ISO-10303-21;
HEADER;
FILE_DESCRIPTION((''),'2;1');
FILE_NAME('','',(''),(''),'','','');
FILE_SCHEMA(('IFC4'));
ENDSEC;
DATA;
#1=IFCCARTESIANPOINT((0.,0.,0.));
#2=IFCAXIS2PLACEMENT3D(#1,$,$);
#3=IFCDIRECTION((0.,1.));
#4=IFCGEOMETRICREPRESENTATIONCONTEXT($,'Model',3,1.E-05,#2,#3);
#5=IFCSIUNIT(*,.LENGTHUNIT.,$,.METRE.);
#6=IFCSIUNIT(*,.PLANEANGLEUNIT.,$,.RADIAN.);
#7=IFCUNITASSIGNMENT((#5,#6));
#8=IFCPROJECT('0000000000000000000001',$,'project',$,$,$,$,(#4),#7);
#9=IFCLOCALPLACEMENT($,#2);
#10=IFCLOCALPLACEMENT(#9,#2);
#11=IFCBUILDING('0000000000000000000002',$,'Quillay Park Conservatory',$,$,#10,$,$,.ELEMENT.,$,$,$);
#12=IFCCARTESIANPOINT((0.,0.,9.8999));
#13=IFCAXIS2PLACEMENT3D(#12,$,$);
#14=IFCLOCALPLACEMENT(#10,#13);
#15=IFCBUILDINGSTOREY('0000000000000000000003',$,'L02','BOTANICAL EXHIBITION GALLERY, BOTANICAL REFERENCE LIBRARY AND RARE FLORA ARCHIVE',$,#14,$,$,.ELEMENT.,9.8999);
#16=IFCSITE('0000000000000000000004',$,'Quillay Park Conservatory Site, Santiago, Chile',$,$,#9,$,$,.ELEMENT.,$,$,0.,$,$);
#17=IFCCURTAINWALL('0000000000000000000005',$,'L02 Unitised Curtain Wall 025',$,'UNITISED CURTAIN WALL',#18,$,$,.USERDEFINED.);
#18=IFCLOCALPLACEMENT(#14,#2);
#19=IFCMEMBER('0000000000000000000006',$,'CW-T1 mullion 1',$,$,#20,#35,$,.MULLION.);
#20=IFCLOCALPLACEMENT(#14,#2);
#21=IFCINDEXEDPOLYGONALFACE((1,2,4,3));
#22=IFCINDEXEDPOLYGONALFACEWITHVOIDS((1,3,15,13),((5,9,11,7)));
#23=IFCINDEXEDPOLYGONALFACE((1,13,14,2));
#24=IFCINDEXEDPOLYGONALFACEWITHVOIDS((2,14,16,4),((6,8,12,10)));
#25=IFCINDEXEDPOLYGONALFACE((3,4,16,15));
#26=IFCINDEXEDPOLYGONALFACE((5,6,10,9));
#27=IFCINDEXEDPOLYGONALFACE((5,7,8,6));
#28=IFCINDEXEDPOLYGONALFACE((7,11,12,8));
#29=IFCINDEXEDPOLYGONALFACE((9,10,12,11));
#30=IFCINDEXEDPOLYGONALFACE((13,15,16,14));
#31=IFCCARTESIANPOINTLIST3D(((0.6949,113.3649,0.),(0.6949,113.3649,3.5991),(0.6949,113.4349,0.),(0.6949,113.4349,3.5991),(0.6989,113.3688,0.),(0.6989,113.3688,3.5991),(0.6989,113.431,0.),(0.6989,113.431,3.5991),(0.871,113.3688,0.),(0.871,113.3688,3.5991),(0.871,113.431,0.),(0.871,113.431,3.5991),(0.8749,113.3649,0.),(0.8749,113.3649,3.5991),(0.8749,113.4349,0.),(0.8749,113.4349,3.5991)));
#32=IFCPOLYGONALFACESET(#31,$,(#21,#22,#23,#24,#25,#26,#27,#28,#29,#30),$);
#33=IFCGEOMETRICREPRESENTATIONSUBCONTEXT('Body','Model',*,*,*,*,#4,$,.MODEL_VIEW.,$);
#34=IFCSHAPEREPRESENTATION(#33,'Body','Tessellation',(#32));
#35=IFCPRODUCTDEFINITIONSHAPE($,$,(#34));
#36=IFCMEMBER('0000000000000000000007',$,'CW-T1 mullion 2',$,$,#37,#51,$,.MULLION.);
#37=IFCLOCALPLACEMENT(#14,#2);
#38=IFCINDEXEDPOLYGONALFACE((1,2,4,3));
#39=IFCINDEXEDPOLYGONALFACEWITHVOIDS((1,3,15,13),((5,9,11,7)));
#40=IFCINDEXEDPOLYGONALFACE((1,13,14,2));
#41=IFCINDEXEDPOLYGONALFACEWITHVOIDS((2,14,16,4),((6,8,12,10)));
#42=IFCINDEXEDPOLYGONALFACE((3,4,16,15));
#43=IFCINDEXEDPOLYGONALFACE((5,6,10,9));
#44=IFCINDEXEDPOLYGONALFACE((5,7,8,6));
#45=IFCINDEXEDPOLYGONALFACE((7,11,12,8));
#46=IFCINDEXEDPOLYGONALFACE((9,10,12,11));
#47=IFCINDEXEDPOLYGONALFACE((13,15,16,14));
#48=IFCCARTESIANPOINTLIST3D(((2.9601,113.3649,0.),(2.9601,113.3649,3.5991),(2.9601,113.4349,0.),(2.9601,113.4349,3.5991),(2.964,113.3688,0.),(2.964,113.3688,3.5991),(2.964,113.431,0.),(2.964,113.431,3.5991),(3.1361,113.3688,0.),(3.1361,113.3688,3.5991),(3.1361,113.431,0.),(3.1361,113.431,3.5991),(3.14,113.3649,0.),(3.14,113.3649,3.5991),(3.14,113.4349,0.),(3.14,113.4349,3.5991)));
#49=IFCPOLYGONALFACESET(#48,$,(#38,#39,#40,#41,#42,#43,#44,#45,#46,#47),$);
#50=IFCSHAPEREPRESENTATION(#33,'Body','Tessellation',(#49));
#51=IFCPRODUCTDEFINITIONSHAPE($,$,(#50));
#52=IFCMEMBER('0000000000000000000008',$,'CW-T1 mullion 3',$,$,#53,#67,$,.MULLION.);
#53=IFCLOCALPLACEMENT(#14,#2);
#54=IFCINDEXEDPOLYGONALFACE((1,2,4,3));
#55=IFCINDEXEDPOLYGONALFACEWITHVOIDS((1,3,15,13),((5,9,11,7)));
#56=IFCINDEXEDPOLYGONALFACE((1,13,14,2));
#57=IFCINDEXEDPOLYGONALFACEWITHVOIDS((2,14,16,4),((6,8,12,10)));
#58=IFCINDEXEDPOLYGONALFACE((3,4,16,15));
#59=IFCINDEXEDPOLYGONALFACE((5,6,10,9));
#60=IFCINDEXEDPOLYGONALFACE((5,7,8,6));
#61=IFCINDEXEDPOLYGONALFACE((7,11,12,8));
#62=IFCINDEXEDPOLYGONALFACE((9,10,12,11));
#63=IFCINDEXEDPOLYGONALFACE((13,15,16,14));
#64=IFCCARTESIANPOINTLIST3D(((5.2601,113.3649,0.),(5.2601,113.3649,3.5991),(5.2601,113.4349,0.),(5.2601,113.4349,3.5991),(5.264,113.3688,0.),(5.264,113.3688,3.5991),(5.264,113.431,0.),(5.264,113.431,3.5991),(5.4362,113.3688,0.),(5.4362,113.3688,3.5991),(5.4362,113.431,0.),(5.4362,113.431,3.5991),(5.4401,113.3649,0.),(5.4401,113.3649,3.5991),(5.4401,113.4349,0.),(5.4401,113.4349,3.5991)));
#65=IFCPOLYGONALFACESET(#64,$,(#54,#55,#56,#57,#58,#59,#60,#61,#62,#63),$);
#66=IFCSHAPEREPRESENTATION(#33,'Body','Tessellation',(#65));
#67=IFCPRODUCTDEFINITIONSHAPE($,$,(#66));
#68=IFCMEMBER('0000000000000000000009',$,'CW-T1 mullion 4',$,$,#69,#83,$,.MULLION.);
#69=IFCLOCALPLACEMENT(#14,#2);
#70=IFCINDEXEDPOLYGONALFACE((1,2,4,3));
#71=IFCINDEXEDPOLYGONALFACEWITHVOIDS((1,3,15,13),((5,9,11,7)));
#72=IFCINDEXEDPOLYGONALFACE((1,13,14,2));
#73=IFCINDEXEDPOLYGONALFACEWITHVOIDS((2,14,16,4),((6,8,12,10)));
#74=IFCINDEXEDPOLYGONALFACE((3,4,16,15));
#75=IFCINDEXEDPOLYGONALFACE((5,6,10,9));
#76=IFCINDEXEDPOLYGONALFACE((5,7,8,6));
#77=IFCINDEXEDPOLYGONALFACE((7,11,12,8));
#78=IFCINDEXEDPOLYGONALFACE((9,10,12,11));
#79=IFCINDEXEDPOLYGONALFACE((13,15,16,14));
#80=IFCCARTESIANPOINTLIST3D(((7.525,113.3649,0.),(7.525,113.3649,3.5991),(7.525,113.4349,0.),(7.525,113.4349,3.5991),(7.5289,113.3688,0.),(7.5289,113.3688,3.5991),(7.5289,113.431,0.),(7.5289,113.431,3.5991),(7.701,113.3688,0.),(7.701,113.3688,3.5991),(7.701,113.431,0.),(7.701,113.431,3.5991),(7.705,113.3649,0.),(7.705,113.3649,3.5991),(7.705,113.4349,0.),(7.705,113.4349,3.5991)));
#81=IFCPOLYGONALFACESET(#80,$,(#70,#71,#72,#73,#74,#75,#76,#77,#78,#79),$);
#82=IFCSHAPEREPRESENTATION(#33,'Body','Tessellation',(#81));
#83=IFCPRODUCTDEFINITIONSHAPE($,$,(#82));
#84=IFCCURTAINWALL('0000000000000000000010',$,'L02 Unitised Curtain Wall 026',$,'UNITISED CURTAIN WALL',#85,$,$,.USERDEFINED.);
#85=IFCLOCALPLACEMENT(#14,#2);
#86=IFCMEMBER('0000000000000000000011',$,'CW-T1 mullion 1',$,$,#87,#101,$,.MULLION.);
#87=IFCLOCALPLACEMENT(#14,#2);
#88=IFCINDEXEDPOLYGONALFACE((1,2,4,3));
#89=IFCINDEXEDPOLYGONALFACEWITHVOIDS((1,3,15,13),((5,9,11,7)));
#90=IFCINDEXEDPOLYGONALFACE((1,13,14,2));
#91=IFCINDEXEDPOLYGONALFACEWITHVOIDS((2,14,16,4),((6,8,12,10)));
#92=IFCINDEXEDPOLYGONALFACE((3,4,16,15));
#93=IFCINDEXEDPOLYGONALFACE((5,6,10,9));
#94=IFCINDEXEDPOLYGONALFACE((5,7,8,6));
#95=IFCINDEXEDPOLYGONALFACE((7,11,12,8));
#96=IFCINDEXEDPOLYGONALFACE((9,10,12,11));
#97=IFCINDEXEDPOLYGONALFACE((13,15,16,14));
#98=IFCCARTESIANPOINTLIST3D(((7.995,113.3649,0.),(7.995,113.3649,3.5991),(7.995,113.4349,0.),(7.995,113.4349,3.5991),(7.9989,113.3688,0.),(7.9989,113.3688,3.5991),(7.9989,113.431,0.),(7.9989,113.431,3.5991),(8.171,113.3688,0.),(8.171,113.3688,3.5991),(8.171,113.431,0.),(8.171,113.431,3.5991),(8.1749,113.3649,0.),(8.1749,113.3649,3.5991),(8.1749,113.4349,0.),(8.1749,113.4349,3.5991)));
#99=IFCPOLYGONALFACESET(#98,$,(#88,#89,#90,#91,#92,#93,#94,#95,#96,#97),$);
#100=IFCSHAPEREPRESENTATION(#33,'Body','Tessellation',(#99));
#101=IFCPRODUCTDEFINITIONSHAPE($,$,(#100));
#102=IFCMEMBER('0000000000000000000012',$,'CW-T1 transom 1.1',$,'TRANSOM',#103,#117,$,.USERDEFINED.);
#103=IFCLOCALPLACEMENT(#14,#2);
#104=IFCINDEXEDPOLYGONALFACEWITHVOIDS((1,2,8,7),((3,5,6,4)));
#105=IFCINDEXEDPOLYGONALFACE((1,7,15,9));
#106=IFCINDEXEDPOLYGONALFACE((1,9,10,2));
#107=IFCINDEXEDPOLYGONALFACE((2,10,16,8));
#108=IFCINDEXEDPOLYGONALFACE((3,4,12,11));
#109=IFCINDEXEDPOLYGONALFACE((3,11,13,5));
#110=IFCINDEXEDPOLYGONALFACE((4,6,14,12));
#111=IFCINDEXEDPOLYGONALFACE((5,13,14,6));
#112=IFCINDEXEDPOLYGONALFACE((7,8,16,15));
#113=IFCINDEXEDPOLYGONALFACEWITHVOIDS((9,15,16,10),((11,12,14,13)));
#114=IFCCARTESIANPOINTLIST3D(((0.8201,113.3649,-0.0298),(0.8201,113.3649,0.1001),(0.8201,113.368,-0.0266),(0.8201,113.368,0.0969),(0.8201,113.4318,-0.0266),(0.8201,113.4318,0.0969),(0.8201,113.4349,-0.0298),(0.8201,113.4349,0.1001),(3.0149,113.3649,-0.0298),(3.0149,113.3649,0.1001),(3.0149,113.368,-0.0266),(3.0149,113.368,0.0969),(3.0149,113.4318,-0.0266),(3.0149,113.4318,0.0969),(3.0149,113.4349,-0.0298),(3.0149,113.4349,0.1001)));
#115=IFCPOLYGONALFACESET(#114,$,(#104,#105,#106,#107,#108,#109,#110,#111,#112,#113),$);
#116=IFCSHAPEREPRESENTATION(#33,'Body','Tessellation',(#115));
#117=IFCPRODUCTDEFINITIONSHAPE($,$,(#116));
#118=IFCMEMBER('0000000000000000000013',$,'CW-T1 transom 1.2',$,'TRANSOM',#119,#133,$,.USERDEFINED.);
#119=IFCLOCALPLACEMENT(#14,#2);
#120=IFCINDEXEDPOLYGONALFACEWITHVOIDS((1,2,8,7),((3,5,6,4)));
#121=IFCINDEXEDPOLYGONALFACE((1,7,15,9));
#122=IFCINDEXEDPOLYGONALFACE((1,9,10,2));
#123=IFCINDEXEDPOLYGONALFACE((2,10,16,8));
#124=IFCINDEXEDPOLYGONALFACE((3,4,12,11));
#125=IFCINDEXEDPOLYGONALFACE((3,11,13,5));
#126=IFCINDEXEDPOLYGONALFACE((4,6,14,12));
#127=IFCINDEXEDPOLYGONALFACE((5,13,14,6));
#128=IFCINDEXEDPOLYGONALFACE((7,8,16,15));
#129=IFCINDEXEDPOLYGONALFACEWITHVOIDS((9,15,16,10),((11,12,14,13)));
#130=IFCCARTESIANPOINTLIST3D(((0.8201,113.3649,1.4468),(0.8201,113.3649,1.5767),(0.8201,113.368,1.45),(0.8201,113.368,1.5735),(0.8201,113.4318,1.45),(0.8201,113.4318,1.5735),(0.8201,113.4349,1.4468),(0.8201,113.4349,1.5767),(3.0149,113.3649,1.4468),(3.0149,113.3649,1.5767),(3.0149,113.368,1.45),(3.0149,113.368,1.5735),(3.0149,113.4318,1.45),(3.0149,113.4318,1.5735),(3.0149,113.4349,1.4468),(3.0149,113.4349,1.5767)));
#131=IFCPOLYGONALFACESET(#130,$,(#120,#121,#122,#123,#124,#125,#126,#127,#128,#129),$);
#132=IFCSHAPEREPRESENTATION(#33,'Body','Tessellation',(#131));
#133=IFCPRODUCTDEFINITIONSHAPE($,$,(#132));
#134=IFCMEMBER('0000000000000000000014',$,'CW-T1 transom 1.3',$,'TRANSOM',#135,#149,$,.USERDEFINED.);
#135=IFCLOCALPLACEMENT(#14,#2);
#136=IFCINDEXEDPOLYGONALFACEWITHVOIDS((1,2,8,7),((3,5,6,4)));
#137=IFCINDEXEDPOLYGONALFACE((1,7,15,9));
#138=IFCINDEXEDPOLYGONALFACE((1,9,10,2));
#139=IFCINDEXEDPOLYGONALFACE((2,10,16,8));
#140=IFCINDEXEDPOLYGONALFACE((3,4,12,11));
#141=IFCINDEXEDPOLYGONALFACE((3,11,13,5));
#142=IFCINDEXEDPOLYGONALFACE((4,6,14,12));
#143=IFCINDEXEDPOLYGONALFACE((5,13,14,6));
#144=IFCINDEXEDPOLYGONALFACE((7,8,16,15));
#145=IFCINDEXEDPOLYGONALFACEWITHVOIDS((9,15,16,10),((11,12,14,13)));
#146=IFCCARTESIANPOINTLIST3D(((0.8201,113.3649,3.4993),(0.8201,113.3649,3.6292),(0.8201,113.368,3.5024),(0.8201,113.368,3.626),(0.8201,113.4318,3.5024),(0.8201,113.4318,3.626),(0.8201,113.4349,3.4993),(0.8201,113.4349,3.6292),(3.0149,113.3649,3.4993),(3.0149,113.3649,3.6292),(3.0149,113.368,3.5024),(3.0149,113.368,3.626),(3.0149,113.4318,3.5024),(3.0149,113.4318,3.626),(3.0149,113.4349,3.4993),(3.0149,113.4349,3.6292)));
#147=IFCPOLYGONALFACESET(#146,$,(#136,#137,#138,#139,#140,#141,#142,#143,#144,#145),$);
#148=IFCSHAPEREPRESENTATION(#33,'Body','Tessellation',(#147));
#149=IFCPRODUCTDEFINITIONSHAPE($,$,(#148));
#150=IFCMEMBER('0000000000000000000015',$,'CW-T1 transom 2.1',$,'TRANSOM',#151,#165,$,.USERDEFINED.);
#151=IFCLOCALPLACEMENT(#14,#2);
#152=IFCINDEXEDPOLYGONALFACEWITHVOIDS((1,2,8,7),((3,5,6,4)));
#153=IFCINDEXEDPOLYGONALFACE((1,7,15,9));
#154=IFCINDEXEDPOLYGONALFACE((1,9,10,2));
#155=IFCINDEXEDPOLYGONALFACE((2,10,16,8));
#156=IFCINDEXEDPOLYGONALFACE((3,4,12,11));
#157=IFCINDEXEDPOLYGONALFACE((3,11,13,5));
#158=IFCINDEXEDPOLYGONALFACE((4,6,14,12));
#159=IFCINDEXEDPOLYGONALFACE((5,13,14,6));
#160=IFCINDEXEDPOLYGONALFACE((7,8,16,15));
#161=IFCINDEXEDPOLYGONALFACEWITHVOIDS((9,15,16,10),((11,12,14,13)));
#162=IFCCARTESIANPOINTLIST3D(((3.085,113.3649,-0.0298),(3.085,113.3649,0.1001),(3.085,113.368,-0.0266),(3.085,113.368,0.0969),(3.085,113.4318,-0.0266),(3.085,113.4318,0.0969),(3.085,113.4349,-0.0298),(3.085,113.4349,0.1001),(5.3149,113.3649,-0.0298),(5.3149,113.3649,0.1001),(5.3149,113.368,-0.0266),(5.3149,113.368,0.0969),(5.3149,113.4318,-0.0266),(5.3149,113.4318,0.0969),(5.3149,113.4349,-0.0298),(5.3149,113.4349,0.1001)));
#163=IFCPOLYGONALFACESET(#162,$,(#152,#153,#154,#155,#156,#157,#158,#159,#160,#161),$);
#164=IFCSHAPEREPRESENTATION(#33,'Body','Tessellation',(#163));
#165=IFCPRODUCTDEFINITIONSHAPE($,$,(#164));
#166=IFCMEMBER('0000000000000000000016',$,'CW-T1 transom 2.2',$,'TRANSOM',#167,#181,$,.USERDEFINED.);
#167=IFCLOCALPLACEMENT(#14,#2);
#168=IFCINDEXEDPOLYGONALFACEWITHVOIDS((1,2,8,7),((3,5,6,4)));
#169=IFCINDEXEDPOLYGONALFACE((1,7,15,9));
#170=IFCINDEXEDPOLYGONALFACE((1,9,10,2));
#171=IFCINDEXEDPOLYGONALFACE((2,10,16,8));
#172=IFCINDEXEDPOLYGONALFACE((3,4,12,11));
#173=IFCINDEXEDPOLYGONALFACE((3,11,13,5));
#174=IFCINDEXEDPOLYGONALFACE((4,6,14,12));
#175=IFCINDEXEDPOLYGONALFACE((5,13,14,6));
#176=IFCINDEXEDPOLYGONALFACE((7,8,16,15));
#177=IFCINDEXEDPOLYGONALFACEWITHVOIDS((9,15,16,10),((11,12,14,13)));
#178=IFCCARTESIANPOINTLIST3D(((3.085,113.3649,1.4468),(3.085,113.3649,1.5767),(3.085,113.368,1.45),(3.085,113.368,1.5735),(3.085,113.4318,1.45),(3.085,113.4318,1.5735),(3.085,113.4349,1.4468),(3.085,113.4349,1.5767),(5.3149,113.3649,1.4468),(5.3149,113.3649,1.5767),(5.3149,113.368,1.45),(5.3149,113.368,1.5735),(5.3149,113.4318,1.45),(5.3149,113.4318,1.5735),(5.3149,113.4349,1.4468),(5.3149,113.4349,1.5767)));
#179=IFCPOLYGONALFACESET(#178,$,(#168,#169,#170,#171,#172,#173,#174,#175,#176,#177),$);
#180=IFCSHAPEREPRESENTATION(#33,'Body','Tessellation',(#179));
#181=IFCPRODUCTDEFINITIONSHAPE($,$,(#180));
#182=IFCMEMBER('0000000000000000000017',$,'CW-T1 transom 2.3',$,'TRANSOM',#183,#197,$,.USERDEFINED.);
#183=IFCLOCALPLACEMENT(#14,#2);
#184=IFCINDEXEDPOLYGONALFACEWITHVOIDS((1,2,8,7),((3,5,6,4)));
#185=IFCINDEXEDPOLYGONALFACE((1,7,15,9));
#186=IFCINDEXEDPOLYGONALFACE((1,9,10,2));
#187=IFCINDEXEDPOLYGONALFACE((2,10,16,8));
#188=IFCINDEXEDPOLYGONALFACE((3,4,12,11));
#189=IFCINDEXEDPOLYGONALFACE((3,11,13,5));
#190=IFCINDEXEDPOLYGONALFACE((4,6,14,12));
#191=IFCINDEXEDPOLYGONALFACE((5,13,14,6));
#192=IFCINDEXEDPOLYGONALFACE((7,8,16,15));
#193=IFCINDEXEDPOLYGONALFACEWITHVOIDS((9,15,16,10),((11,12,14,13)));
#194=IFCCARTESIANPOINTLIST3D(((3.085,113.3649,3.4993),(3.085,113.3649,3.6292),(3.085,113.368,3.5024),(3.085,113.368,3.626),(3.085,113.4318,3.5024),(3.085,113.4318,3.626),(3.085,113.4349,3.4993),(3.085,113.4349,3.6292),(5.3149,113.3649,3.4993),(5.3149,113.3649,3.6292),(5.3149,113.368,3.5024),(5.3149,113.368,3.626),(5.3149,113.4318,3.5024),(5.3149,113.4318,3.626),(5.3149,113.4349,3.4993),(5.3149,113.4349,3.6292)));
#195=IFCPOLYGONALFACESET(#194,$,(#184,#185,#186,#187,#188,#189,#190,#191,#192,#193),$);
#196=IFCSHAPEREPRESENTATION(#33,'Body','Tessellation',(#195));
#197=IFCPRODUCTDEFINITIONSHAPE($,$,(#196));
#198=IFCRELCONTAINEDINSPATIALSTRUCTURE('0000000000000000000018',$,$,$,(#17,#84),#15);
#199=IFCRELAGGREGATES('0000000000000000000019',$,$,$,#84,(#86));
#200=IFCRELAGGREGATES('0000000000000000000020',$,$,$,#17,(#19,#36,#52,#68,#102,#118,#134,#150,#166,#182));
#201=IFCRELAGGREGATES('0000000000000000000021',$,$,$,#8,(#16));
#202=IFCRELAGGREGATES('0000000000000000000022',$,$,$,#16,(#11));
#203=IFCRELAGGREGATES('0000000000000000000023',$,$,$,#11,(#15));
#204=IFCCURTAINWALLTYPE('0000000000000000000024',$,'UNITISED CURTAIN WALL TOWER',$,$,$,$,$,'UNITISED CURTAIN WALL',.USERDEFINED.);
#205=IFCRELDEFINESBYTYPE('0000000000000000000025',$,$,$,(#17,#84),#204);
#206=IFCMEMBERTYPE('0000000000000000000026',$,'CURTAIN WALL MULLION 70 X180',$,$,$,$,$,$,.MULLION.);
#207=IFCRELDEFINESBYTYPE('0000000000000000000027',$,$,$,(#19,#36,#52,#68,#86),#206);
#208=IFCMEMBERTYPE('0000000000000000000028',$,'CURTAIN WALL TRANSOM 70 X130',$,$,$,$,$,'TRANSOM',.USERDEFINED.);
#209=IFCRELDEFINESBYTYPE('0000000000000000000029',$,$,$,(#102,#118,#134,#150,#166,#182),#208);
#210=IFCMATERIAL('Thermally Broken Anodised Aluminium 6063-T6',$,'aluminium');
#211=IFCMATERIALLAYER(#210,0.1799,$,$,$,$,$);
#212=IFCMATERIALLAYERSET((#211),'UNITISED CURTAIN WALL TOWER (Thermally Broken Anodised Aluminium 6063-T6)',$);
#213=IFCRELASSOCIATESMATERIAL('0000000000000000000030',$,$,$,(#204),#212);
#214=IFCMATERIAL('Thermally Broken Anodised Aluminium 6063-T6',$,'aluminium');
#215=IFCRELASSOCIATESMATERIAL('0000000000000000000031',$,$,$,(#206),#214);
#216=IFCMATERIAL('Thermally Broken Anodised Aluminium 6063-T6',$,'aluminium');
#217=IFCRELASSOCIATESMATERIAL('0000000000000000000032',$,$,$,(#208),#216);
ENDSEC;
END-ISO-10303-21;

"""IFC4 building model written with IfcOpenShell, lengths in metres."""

from ifc_helpers import new_model, si_unit, direction, frame, origin, origin_2d, place, context, subcontext, project, spatial, hollow_rectangle, extrude, material, layer, layer_set, material_profile, profile_set, type_object, element, aggregate, save


model = new_model("IFC4")

# Units and contexts
model_context = context("Model", 3, precision=1e-05, world=origin(), true_north=direction((0.0, 1.0)))
body_context = subcontext(model_context, "Body", "Model", "MODEL_VIEW")
ifc_project = project(units=[si_unit("LENGTHUNIT", "METRE"), si_unit("PLANEANGLEUNIT", "RADIAN")], contexts=[model_context])

# Site, building, storey
site_placement = place(None, origin())
site = spatial("IfcSite", under=ifc_project, at=site_placement, Name="Quillay Park Conservatory Site, Santiago, Chile", CompositionType="ELEMENT", RefElevation=0.0)
building_placement = place(site_placement, origin())
building = spatial("IfcBuilding", under=site, at=building_placement, Name="Quillay Park Conservatory", CompositionType="ELEMENT")
storey_placement = place(building_placement, frame((0.0, 0.0, 9.8999)))
storey = spatial("IfcBuildingStorey", under=building, at=storey_placement, Name="L02", Description="BOTANICAL EXHIBITION GALLERY, BOTANICAL REFERENCE LIBRARY AND RARE FLORA ARCHIVE", CompositionType="ELEMENT", Elevation=9.8999)

# Curtain wall, members
ifc_material_1 = material(Name="Thermally Broken Anodised Aluminium 6063-T6", Category="aluminium")
ifc_layer_1 = layer(ifc_material_1, 0.1799)
ifc_layer_set_1 = layer_set([ifc_layer_1], Name="UNITISED CURTAIN WALL TOWER (Thermally Broken Anodised Aluminium 6063-T6)")
curtain_wall_type = type_object("IfcCurtainWallType", Name="UNITISED CURTAIN WALL TOWER", ElementType="UNITISED CURTAIN WALL", PredefinedType="USERDEFINED", material=ifc_layer_set_1)
curtain_wall_1_placement = place(storey_placement, origin())
curtain_wall_1 = element("IfcCurtainWall", 1, at=curtain_wall_1_placement, inside=storey, type_object=curtain_wall_type, Name="L02 Unitised Curtain Wall 025", ObjectType="UNITISED CURTAIN WALL", PredefinedType="USERDEFINED")
ifc_material_2 = material(Name="Thermally Broken Anodised Aluminium 6063-T6", Category="aluminium")
ifc_material_profile_1 = material_profile(ifc_material_2, hollow_rectangle(XDim=0.0701, YDim=0.1799, WallThickness=0.0039, at=origin_2d()), Name="AL70x180x4")
ifc_profile_set_1 = profile_set([ifc_material_profile_1], Name="Thermally Broken Anodised Aluminium 6063-T6")
member_type_1 = type_object("IfcMemberType", Name="CURTAIN WALL MULLION 70 X180", PredefinedType="MULLION", material=ifc_profile_set_1)
member_1_placement = place(storey_placement, frame((0.7849, 113.3999, 0.0), z_axis=(0.0, 0.0, 1.0), x_axis=(0.0, 1.0, 0.0)))
member_1 = element("IfcMember", 2, at=member_1_placement, type_object=member_type_1, Name="CW-T1 mullion 1", PredefinedType="MULLION", context=body_context, shape_type="SweptSolid", body=[
    extrude(hollow_rectangle(XDim=0.0701, YDim=0.1799, WallThickness=0.0039, at=origin_2d()), origin(), (0.0, 0.0, 1.0), 3.5991),
])
member_2_placement = place(storey_placement, frame((3.05, 113.3999, 0.0), z_axis=(0.0, 0.0, 1.0), x_axis=(0.0, 1.0, 0.0)))
member_2 = element("IfcMember", 3, at=member_2_placement, type_object=member_type_1, Name="CW-T1 mullion 2", PredefinedType="MULLION", context=body_context, shape_type="SweptSolid", body=[
    extrude(hollow_rectangle(XDim=0.0701, YDim=0.1799, WallThickness=0.0039, at=origin_2d()), origin(), (0.0, 0.0, 1.0), 3.5991),
])
member_3_placement = place(storey_placement, frame((5.3501, 113.3999, 0.0), z_axis=(0.0, 0.0, 1.0), x_axis=(0.0, 1.0, 0.0)))
member_3 = element("IfcMember", 4, at=member_3_placement, type_object=member_type_1, Name="CW-T1 mullion 3", PredefinedType="MULLION", context=body_context, shape_type="SweptSolid", body=[
    extrude(hollow_rectangle(XDim=0.0701, YDim=0.1799, WallThickness=0.0039, at=origin_2d()), origin(), (0.0, 0.0, 1.0), 3.5991),
])
member_4_placement = place(storey_placement, frame((7.615, 113.3999, 0.0), z_axis=(0.0, 0.0, 1.0), x_axis=(0.0, 1.0, 0.0)))
member_4 = element("IfcMember", 5, at=member_4_placement, type_object=member_type_1, Name="CW-T1 mullion 4", PredefinedType="MULLION", context=body_context, shape_type="SweptSolid", body=[
    extrude(hollow_rectangle(XDim=0.0701, YDim=0.1799, WallThickness=0.0039, at=origin_2d()), origin(), (0.0, 0.0, 1.0), 3.5991),
])

# Curtain wall, member
curtain_wall_2_placement = place(storey_placement, origin())
curtain_wall_2 = element("IfcCurtainWall", 6, at=curtain_wall_2_placement, inside=storey, type_object=curtain_wall_type, Name="L02 Unitised Curtain Wall 026", ObjectType="UNITISED CURTAIN WALL", PredefinedType="USERDEFINED")
member_5_placement = place(storey_placement, frame((8.085, 113.3999, 0.0), z_axis=(0.0, 0.0, 1.0), x_axis=(0.0, 1.0, 0.0)))
member_5 = element("IfcMember", 7, at=member_5_placement, type_object=member_type_1, Name="CW-T1 mullion 1", PredefinedType="MULLION", context=body_context, shape_type="SweptSolid", body=[
    extrude(hollow_rectangle(XDim=0.0701, YDim=0.1799, WallThickness=0.0039, at=origin_2d()), origin(), (0.0, 0.0, 1.0), 3.5991),
])

# Members
ifc_material_3 = material(Name="Thermally Broken Anodised Aluminium 6063-T6", Category="aluminium")
ifc_material_profile_2 = material_profile(ifc_material_3, hollow_rectangle(XDim=0.0701, YDim=0.1299, WallThickness=0.0032, at=origin_2d()), Name="AL70x130x3.2")
ifc_profile_set_2 = profile_set([ifc_material_profile_2], Name="Thermally Broken Anodised Aluminium 6063-T6")
member_type_2 = type_object("IfcMemberType", Name="CURTAIN WALL TRANSOM 70 X130", ElementType="TRANSOM", PredefinedType="USERDEFINED", material=ifc_profile_set_2)
member_6_placement = place(storey_placement, frame((0.8201, 113.3999, 0.0352), z_axis=(1.0, 0.0, 0.0), x_axis=(0.0, 1.0, 0.0)))
member_6 = element("IfcMember", 8, at=member_6_placement, type_object=member_type_2, Name="CW-T1 transom 1.1", ObjectType="TRANSOM", PredefinedType="USERDEFINED", context=body_context, shape_type="SweptSolid", body=[
    extrude(hollow_rectangle(XDim=0.0701, YDim=0.1299, WallThickness=0.0032, at=origin_2d()), origin(), (0.0, 0.0, 1.0), 2.1948),
])
member_7_placement = place(storey_placement, frame((0.8201, 113.3999, 1.5117), z_axis=(1.0, 0.0, 0.0), x_axis=(0.0, 1.0, 0.0)))
member_7 = element("IfcMember", 9, at=member_7_placement, type_object=member_type_2, Name="CW-T1 transom 1.2", ObjectType="TRANSOM", PredefinedType="USERDEFINED", context=body_context, shape_type="SweptSolid", body=[
    extrude(hollow_rectangle(XDim=0.0701, YDim=0.1299, WallThickness=0.0032, at=origin_2d()), origin(), (0.0, 0.0, 1.0), 2.1948),
])
member_8_placement = place(storey_placement, frame((0.8201, 113.3999, 3.5642), z_axis=(1.0, 0.0, 0.0), x_axis=(0.0, 1.0, 0.0)))
member_8 = element("IfcMember", 10, at=member_8_placement, type_object=member_type_2, Name="CW-T1 transom 1.3", ObjectType="TRANSOM", PredefinedType="USERDEFINED", context=body_context, shape_type="SweptSolid", body=[
    extrude(hollow_rectangle(XDim=0.0701, YDim=0.1299, WallThickness=0.0032, at=origin_2d()), origin(), (0.0, 0.0, 1.0), 2.1948),
])
member_9_placement = place(storey_placement, frame((3.085, 113.3999, 0.0352), z_axis=(1.0, 0.0, 0.0), x_axis=(0.0, 1.0, 0.0)))
member_9 = element("IfcMember", 11, at=member_9_placement, type_object=member_type_2, Name="CW-T1 transom 2.1", ObjectType="TRANSOM", PredefinedType="USERDEFINED", context=body_context, shape_type="SweptSolid", body=[
    extrude(hollow_rectangle(XDim=0.0701, YDim=0.1299, WallThickness=0.0032, at=origin_2d()), origin(), (0.0, 0.0, 1.0), 2.23),
])
member_10_placement = place(storey_placement, frame((3.085, 113.3999, 1.5117), z_axis=(1.0, 0.0, 0.0), x_axis=(0.0, 1.0, 0.0)))
member_10 = element("IfcMember", 12, at=member_10_placement, type_object=member_type_2, Name="CW-T1 transom 2.2", ObjectType="TRANSOM", PredefinedType="USERDEFINED", context=body_context, shape_type="SweptSolid", body=[
    extrude(hollow_rectangle(XDim=0.0701, YDim=0.1299, WallThickness=0.0032, at=origin_2d()), origin(), (0.0, 0.0, 1.0), 2.23),
])
member_11_placement = place(storey_placement, frame((3.085, 113.3999, 3.5642), z_axis=(1.0, 0.0, 0.0), x_axis=(0.0, 1.0, 0.0)))
member_11 = element("IfcMember", 13, at=member_11_placement, type_object=member_type_2, Name="CW-T1 transom 2.3", ObjectType="TRANSOM", PredefinedType="USERDEFINED", context=body_context, shape_type="SweptSolid", body=[
    extrude(hollow_rectangle(XDim=0.0701, YDim=0.1299, WallThickness=0.0032, at=origin_2d()), origin(), (0.0, 0.0, 1.0), 2.23),
])
aggregate(curtain_wall_2, [member_5])

aggregate(curtain_wall_1, [member_1, member_2, member_3, member_4, member_6, member_7, member_8, member_9, member_10, member_11])

save(model, "model.ifc")
